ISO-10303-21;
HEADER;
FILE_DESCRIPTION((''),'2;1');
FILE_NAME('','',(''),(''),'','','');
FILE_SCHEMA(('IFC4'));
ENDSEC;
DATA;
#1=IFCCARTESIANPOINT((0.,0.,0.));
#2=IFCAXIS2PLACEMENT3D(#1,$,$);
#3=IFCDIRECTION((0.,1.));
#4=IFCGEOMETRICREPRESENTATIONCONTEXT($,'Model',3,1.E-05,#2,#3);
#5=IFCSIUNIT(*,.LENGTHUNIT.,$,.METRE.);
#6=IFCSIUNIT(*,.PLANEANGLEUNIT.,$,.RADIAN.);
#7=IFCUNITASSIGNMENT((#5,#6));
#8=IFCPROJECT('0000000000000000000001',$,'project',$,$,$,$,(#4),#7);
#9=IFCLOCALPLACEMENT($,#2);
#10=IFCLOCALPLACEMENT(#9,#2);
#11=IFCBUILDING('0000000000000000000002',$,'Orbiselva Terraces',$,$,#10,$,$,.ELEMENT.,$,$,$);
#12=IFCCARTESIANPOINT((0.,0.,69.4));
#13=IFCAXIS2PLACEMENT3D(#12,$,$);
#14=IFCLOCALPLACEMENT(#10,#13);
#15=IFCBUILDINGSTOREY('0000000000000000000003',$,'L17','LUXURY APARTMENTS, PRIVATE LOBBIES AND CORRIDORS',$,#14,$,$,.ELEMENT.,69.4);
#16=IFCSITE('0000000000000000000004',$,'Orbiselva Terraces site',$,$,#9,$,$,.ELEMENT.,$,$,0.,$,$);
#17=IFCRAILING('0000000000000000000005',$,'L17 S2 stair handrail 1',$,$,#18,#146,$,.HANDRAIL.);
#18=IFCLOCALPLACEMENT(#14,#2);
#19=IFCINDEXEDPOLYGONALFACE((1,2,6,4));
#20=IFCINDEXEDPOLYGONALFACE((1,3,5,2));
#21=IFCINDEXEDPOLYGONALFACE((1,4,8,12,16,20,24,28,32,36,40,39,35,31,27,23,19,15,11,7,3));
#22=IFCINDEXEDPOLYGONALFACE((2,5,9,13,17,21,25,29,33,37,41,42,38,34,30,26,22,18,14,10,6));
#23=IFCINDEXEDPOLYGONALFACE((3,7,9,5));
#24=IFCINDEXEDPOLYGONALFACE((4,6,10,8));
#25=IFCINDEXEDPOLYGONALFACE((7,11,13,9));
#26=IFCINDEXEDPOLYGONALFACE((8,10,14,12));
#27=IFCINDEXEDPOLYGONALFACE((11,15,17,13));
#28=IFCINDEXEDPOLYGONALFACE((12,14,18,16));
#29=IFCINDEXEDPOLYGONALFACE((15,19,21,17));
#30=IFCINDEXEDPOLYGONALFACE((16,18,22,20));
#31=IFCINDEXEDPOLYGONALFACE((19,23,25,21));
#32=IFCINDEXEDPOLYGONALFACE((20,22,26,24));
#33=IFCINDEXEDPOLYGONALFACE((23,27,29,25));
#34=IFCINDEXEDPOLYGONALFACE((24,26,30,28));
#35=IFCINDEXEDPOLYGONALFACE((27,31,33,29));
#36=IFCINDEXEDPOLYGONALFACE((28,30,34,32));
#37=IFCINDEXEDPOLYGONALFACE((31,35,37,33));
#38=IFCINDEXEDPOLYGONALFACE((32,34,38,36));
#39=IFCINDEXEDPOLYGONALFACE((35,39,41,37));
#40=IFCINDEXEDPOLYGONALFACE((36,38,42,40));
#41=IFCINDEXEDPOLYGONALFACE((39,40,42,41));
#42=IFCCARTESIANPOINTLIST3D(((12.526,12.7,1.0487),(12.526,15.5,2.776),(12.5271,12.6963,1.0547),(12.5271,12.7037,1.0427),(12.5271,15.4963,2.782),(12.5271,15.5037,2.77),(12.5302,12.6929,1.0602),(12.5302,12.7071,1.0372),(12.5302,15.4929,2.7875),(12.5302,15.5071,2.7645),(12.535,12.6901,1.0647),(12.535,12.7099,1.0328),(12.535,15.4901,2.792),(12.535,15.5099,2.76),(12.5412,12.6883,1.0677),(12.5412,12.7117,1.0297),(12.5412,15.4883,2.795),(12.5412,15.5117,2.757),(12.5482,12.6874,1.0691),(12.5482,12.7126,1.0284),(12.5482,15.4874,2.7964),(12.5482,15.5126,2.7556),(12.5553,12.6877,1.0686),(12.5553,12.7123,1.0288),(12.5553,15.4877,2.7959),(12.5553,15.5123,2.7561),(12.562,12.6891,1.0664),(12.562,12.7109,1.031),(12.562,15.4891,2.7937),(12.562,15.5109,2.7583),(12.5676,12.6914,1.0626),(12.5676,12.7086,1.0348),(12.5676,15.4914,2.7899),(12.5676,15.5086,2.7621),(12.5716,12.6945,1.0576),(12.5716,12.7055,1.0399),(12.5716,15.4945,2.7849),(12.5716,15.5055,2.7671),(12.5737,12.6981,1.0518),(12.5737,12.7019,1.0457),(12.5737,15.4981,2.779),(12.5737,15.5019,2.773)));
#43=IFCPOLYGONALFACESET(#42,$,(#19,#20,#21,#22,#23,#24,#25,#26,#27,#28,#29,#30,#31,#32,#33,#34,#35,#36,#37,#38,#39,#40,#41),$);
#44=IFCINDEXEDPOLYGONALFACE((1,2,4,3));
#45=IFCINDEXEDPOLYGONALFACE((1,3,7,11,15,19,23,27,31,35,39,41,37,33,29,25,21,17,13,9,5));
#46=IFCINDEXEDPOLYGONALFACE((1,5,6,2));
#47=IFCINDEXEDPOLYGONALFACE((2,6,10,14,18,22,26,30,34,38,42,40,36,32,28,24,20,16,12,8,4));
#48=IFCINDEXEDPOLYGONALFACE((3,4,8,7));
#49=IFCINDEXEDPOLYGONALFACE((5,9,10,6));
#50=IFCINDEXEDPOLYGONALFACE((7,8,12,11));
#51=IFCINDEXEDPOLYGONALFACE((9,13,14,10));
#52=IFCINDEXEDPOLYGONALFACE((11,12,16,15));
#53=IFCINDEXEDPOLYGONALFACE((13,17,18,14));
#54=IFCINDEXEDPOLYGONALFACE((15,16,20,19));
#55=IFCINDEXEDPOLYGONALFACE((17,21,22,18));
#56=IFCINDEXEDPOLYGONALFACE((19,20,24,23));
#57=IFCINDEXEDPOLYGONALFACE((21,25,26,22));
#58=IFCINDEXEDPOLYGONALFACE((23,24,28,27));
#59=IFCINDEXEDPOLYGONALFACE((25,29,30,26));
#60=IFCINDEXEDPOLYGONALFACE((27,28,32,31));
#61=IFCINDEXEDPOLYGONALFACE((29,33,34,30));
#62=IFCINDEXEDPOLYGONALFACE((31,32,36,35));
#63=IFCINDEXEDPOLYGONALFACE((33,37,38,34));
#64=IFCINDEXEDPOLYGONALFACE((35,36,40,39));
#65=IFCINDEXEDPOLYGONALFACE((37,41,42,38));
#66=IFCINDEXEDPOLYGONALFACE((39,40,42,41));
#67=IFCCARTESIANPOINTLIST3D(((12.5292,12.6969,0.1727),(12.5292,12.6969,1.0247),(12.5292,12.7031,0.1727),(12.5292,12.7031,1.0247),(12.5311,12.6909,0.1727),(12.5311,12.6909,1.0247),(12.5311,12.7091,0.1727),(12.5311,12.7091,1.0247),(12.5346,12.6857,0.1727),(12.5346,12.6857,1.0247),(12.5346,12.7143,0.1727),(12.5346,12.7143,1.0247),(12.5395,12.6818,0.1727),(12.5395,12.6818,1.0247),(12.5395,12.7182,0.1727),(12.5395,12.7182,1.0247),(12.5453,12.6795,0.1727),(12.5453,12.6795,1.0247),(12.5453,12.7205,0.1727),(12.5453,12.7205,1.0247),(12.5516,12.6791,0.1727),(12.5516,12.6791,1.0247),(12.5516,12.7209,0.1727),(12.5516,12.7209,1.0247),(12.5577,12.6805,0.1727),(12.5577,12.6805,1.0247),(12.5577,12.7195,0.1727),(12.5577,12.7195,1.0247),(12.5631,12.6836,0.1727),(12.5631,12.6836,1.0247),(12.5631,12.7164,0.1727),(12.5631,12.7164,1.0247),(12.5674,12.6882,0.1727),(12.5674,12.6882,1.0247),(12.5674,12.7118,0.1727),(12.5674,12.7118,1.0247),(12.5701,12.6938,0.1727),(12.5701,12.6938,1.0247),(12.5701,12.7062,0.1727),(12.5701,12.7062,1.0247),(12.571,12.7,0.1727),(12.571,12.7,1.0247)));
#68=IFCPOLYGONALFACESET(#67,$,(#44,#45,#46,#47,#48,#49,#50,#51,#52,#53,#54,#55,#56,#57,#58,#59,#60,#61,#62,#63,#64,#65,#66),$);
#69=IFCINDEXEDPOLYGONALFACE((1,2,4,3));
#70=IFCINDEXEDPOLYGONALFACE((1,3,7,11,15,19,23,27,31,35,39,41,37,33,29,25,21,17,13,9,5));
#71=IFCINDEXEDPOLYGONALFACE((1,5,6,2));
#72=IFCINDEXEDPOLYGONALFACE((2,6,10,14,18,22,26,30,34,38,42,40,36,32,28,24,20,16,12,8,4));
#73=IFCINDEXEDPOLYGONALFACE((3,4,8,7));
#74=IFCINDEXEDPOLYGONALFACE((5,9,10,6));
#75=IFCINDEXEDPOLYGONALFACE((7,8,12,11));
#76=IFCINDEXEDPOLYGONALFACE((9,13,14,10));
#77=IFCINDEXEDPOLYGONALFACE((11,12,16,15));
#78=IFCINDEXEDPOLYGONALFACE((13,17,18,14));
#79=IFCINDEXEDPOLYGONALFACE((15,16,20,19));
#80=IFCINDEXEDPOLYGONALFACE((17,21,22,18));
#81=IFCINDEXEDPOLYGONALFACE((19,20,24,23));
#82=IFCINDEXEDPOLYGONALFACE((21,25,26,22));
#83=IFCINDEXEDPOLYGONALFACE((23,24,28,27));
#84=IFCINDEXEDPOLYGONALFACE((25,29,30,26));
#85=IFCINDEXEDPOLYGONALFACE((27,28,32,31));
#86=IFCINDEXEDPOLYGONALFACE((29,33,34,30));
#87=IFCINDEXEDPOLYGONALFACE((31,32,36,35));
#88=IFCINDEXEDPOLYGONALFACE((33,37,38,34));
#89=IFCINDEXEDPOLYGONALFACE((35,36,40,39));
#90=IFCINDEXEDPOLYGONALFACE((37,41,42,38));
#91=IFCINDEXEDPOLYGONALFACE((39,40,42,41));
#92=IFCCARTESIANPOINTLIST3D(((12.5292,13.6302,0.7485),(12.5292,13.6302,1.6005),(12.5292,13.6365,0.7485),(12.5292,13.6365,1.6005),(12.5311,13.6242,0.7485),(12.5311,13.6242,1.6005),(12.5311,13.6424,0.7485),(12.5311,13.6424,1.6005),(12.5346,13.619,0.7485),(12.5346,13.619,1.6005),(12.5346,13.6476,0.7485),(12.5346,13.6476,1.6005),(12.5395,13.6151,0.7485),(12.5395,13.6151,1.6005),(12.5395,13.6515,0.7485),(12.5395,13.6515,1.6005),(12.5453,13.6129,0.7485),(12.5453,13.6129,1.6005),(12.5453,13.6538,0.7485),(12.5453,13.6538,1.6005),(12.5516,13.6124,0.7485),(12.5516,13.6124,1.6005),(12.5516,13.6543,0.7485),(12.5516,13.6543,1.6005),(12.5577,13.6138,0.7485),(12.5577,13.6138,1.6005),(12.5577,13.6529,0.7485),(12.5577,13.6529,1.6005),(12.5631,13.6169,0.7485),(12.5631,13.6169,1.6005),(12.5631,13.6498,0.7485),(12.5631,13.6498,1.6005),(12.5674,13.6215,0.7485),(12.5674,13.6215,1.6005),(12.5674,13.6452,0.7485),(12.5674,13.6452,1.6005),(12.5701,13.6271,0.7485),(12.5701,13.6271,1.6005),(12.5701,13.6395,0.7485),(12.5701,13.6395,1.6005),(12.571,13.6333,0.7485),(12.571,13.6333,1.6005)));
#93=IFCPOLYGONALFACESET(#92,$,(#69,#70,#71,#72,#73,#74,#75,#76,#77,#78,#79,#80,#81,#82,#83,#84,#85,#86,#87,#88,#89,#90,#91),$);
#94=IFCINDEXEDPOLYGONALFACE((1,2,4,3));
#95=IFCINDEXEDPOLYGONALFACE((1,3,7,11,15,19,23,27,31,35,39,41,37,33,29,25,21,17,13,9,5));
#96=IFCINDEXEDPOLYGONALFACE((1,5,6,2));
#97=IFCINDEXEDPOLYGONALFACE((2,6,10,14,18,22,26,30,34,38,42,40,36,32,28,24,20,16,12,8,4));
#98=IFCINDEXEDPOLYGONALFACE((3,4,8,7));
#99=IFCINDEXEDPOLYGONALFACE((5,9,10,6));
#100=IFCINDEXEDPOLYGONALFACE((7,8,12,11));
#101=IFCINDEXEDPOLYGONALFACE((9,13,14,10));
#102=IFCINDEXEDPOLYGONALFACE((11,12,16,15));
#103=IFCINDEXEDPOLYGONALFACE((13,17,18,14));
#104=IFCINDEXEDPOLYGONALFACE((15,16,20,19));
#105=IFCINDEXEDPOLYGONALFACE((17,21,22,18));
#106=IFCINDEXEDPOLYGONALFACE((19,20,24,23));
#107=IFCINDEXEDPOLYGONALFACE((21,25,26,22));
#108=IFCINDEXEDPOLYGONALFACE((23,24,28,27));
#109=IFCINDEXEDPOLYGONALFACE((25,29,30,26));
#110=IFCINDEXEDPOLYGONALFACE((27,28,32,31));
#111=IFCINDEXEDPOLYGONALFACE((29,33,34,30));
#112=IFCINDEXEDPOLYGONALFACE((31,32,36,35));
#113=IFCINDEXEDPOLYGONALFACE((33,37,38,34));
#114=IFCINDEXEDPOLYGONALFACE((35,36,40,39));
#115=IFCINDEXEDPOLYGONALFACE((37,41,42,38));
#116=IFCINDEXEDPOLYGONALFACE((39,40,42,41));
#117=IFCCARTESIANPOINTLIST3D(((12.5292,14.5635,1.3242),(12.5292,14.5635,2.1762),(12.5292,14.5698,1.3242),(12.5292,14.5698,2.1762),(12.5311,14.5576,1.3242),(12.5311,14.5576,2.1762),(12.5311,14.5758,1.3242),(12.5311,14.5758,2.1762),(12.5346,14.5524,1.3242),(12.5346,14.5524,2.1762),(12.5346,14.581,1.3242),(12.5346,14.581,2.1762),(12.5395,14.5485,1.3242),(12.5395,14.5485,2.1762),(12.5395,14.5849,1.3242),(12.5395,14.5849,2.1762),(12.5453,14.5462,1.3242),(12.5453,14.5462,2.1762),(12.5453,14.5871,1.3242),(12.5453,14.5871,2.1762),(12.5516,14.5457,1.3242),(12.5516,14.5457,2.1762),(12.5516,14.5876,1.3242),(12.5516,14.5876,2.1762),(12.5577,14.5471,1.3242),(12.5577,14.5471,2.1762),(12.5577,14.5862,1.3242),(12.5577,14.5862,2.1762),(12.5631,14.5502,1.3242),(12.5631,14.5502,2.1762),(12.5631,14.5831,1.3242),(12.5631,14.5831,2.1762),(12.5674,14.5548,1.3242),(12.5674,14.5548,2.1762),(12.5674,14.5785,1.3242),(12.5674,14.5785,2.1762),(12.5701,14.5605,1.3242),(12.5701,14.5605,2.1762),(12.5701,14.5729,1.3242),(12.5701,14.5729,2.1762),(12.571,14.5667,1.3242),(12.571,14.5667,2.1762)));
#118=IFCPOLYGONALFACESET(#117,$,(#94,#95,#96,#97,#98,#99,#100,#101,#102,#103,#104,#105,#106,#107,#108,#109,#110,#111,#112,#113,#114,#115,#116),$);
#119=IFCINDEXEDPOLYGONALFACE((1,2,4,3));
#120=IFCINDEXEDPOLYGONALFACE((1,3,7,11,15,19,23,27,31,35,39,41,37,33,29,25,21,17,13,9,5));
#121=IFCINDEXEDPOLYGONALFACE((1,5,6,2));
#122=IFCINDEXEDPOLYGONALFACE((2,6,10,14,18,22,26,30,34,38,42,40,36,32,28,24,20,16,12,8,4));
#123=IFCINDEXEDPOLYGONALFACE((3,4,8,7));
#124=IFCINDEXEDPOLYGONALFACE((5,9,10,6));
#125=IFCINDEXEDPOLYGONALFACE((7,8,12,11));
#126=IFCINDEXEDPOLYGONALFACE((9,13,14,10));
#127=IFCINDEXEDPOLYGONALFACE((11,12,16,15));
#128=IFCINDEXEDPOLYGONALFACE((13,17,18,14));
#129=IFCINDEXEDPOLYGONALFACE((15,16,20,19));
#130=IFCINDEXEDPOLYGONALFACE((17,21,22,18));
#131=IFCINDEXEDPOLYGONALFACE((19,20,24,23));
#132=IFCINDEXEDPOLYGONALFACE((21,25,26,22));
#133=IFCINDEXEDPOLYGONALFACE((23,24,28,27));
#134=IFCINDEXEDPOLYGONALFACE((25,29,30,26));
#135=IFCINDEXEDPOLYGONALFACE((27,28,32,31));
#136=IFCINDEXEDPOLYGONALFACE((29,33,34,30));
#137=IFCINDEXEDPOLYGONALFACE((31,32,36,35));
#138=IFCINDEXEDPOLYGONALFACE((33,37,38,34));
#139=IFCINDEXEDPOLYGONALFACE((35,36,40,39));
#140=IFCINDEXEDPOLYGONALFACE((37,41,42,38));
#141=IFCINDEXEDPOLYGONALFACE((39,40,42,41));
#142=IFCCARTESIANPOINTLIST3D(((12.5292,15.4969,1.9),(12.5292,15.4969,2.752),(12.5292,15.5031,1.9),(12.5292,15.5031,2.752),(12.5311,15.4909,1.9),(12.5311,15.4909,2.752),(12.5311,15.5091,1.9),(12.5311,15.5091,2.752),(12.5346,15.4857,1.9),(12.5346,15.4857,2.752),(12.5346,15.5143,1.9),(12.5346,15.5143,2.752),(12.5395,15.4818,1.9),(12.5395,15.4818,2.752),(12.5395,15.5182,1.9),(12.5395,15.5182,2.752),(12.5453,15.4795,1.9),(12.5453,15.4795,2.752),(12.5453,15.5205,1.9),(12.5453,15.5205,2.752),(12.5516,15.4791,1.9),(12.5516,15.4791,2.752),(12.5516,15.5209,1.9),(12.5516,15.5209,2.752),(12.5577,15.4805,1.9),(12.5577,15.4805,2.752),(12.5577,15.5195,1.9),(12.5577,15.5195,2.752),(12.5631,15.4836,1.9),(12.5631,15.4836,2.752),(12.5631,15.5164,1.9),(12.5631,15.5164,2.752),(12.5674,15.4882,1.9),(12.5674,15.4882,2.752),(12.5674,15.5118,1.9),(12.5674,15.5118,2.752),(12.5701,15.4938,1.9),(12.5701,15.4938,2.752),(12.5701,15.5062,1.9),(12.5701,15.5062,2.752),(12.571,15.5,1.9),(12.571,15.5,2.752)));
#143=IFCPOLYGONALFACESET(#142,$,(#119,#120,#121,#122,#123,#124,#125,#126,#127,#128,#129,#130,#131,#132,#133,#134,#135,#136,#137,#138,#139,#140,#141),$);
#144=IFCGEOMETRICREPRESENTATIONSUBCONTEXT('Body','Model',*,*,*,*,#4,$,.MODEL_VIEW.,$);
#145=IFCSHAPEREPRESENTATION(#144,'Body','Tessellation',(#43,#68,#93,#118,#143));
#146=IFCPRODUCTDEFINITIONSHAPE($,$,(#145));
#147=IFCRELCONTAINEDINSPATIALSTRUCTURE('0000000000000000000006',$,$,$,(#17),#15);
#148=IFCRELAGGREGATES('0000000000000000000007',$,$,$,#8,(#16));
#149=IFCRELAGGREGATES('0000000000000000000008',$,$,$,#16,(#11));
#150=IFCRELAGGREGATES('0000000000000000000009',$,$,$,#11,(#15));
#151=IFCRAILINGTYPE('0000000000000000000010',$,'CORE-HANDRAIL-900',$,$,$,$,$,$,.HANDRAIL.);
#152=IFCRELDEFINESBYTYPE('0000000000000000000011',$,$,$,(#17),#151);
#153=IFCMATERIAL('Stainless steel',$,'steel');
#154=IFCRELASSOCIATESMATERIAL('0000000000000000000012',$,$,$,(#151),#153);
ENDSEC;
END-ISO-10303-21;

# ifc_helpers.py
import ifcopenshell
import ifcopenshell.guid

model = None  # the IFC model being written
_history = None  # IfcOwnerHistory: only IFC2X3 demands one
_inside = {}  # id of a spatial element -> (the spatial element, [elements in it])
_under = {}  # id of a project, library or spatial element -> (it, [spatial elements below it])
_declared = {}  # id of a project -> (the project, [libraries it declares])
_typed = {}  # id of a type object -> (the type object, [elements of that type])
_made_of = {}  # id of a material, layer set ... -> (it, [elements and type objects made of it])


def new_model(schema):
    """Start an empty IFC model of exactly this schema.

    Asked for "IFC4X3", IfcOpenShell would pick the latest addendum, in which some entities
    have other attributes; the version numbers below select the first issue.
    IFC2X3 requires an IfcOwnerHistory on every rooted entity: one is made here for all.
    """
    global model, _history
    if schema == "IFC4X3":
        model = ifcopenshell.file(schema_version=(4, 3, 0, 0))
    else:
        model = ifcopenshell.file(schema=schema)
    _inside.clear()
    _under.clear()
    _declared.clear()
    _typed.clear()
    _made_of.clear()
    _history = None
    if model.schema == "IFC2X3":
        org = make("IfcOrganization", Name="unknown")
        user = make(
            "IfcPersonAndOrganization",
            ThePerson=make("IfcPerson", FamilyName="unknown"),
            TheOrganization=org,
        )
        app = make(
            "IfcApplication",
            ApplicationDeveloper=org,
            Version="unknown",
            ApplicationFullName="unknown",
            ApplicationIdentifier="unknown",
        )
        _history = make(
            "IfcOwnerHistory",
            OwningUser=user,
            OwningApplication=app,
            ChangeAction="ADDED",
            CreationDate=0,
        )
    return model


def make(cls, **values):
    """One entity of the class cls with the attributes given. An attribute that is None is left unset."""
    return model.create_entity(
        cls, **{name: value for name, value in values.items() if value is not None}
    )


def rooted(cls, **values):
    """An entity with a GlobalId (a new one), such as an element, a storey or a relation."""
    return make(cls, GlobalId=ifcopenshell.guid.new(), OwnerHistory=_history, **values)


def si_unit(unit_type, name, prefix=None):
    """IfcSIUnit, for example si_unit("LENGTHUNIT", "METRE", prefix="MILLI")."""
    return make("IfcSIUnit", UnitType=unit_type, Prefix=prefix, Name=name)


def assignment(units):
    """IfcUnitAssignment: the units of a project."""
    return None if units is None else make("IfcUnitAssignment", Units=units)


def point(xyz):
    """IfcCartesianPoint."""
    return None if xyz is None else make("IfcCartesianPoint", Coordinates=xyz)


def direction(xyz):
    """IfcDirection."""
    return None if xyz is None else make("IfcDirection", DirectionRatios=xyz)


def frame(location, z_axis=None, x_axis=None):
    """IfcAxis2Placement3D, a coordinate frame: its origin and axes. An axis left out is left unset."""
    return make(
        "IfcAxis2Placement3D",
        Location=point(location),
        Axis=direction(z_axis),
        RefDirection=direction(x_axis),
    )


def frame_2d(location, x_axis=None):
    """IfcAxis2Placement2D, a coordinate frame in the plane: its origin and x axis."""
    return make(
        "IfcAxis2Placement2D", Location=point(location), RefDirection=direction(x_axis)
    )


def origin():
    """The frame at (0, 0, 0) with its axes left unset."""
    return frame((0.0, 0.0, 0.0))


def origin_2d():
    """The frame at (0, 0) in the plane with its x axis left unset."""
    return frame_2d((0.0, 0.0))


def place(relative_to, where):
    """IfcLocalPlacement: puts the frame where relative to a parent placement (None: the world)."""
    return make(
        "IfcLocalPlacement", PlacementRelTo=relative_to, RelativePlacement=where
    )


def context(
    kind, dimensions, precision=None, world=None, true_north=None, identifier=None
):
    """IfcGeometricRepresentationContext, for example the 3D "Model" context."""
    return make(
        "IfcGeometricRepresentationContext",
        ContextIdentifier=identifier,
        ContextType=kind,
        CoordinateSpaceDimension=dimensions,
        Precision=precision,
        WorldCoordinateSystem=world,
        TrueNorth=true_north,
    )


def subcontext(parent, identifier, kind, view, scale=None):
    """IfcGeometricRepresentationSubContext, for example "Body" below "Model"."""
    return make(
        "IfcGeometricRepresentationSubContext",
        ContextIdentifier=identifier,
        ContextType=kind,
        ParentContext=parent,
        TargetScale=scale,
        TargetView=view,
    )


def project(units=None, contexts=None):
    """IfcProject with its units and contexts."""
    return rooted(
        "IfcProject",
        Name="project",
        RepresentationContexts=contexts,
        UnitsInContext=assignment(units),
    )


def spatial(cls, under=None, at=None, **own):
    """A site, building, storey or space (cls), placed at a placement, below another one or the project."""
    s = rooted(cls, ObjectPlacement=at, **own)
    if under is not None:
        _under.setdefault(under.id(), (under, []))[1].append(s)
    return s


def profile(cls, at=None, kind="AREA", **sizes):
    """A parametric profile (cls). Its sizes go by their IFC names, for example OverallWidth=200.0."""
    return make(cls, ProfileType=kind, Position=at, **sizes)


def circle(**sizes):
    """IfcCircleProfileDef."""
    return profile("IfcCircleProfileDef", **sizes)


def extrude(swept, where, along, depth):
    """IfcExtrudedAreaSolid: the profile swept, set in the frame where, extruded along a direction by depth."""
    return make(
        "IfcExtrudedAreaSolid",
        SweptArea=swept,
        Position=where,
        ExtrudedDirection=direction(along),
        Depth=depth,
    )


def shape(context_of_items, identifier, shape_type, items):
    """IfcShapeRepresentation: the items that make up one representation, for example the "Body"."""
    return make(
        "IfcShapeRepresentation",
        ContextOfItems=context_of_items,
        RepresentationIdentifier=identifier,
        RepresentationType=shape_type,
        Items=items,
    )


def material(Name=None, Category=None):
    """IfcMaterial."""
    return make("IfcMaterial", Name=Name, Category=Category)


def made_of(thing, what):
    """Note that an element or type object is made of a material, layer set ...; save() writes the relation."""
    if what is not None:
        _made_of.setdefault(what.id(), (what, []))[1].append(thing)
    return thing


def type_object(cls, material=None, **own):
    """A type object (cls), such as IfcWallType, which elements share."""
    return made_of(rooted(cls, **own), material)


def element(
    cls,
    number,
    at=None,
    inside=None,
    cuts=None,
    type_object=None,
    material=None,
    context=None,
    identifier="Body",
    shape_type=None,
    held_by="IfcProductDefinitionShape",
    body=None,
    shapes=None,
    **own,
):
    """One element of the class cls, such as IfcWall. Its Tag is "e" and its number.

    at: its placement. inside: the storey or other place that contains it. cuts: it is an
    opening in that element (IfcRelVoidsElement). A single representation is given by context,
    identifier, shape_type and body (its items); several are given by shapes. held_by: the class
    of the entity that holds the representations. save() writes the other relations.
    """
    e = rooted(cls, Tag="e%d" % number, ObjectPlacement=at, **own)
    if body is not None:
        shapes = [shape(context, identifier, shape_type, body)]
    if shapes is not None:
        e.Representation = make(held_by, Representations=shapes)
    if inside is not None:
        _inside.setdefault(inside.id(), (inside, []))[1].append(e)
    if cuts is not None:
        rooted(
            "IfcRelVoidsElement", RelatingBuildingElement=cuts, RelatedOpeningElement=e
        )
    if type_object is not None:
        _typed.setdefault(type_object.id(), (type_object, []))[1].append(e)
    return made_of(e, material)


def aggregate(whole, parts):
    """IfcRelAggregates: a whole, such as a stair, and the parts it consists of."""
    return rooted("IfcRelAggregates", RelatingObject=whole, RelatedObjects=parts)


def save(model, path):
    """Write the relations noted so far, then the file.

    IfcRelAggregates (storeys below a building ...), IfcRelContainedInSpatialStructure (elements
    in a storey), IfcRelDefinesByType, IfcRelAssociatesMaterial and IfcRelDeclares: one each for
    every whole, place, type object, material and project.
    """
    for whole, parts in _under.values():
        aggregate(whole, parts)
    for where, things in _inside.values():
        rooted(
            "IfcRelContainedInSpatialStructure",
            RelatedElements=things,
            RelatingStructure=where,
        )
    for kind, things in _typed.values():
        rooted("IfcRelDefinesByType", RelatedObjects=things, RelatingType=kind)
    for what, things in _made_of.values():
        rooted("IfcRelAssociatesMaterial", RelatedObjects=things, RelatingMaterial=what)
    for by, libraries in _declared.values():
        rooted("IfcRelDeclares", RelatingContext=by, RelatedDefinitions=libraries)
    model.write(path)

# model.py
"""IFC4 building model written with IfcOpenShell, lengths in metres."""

from ifc_helpers import new_model, si_unit, direction, frame, origin, origin_2d, place, context, subcontext, project, spatial, circle, extrude, material, type_object, element, save


model = new_model("IFC4")

# Units and contexts
model_context = context("Model", 3, precision=1e-05, world=origin(), true_north=direction((0.0, 1.0)))
body_context = subcontext(model_context, "Body", "Model", "MODEL_VIEW")
ifc_project = project(units=[si_unit("LENGTHUNIT", "METRE"), si_unit("PLANEANGLEUNIT", "RADIAN")], contexts=[model_context])

# Site, building, storey
site_placement = place(None, origin())
site = spatial("IfcSite", under=ifc_project, at=site_placement, Name="Orbiselva Terraces site", CompositionType="ELEMENT", RefElevation=0.0)
building_placement = place(site_placement, origin())
building = spatial("IfcBuilding", under=site, at=building_placement, Name="Orbiselva Terraces", CompositionType="ELEMENT")
storey_placement = place(building_placement, frame((0.0, 0.0, 69.4)))
storey = spatial("IfcBuildingStorey", under=building, at=storey_placement, Name="L17", Description="LUXURY APARTMENTS, PRIVATE LOBBIES AND CORRIDORS", CompositionType="ELEMENT", Elevation=69.4)

# Railing
ifc_material_1 = material(Name="Stainless steel", Category="steel")
railing_type = type_object("IfcRailingType", Name="CORE-HANDRAIL-900", PredefinedType="HANDRAIL", material=ifc_material_1)
railing_placement = place(storey_placement, frame((12.55, 12.7, 0.1727)))
element("IfcRailing", 1, at=railing_placement, inside=storey, type_object=railing_type, Name="L17 S2 stair handrail 1", PredefinedType="HANDRAIL", context=body_context, shape_type="SweptSolid", body=[
    extrude(circle(Radius=0.024, at=origin_2d()), frame((0.0, 0.0, 0.876), z_axis=(0.0, 0.851089, 0.525022), x_axis=(-1.0, 0.0, 0.0)), (0.0, 0.0, 1.0), 3.2899),
    extrude(circle(Radius=0.021, at=origin_2d()), origin(), (0.0, 0.0, 1.0), 0.852),
    extrude(circle(Radius=0.021, at=origin_2d()), frame((0.0, 0.9333, 0.5758)), (0.0, 0.0, 1.0), 0.852),
    extrude(circle(Radius=0.021, at=origin_2d()), frame((0.0, 1.8667, 1.1515)), (0.0, 0.0, 1.0), 0.852),
    extrude(circle(Radius=0.021, at=origin_2d()), frame((0.0, 2.8, 1.7273)), (0.0, 0.0, 1.0), 0.852),
])

save(model, "model.ifc")
